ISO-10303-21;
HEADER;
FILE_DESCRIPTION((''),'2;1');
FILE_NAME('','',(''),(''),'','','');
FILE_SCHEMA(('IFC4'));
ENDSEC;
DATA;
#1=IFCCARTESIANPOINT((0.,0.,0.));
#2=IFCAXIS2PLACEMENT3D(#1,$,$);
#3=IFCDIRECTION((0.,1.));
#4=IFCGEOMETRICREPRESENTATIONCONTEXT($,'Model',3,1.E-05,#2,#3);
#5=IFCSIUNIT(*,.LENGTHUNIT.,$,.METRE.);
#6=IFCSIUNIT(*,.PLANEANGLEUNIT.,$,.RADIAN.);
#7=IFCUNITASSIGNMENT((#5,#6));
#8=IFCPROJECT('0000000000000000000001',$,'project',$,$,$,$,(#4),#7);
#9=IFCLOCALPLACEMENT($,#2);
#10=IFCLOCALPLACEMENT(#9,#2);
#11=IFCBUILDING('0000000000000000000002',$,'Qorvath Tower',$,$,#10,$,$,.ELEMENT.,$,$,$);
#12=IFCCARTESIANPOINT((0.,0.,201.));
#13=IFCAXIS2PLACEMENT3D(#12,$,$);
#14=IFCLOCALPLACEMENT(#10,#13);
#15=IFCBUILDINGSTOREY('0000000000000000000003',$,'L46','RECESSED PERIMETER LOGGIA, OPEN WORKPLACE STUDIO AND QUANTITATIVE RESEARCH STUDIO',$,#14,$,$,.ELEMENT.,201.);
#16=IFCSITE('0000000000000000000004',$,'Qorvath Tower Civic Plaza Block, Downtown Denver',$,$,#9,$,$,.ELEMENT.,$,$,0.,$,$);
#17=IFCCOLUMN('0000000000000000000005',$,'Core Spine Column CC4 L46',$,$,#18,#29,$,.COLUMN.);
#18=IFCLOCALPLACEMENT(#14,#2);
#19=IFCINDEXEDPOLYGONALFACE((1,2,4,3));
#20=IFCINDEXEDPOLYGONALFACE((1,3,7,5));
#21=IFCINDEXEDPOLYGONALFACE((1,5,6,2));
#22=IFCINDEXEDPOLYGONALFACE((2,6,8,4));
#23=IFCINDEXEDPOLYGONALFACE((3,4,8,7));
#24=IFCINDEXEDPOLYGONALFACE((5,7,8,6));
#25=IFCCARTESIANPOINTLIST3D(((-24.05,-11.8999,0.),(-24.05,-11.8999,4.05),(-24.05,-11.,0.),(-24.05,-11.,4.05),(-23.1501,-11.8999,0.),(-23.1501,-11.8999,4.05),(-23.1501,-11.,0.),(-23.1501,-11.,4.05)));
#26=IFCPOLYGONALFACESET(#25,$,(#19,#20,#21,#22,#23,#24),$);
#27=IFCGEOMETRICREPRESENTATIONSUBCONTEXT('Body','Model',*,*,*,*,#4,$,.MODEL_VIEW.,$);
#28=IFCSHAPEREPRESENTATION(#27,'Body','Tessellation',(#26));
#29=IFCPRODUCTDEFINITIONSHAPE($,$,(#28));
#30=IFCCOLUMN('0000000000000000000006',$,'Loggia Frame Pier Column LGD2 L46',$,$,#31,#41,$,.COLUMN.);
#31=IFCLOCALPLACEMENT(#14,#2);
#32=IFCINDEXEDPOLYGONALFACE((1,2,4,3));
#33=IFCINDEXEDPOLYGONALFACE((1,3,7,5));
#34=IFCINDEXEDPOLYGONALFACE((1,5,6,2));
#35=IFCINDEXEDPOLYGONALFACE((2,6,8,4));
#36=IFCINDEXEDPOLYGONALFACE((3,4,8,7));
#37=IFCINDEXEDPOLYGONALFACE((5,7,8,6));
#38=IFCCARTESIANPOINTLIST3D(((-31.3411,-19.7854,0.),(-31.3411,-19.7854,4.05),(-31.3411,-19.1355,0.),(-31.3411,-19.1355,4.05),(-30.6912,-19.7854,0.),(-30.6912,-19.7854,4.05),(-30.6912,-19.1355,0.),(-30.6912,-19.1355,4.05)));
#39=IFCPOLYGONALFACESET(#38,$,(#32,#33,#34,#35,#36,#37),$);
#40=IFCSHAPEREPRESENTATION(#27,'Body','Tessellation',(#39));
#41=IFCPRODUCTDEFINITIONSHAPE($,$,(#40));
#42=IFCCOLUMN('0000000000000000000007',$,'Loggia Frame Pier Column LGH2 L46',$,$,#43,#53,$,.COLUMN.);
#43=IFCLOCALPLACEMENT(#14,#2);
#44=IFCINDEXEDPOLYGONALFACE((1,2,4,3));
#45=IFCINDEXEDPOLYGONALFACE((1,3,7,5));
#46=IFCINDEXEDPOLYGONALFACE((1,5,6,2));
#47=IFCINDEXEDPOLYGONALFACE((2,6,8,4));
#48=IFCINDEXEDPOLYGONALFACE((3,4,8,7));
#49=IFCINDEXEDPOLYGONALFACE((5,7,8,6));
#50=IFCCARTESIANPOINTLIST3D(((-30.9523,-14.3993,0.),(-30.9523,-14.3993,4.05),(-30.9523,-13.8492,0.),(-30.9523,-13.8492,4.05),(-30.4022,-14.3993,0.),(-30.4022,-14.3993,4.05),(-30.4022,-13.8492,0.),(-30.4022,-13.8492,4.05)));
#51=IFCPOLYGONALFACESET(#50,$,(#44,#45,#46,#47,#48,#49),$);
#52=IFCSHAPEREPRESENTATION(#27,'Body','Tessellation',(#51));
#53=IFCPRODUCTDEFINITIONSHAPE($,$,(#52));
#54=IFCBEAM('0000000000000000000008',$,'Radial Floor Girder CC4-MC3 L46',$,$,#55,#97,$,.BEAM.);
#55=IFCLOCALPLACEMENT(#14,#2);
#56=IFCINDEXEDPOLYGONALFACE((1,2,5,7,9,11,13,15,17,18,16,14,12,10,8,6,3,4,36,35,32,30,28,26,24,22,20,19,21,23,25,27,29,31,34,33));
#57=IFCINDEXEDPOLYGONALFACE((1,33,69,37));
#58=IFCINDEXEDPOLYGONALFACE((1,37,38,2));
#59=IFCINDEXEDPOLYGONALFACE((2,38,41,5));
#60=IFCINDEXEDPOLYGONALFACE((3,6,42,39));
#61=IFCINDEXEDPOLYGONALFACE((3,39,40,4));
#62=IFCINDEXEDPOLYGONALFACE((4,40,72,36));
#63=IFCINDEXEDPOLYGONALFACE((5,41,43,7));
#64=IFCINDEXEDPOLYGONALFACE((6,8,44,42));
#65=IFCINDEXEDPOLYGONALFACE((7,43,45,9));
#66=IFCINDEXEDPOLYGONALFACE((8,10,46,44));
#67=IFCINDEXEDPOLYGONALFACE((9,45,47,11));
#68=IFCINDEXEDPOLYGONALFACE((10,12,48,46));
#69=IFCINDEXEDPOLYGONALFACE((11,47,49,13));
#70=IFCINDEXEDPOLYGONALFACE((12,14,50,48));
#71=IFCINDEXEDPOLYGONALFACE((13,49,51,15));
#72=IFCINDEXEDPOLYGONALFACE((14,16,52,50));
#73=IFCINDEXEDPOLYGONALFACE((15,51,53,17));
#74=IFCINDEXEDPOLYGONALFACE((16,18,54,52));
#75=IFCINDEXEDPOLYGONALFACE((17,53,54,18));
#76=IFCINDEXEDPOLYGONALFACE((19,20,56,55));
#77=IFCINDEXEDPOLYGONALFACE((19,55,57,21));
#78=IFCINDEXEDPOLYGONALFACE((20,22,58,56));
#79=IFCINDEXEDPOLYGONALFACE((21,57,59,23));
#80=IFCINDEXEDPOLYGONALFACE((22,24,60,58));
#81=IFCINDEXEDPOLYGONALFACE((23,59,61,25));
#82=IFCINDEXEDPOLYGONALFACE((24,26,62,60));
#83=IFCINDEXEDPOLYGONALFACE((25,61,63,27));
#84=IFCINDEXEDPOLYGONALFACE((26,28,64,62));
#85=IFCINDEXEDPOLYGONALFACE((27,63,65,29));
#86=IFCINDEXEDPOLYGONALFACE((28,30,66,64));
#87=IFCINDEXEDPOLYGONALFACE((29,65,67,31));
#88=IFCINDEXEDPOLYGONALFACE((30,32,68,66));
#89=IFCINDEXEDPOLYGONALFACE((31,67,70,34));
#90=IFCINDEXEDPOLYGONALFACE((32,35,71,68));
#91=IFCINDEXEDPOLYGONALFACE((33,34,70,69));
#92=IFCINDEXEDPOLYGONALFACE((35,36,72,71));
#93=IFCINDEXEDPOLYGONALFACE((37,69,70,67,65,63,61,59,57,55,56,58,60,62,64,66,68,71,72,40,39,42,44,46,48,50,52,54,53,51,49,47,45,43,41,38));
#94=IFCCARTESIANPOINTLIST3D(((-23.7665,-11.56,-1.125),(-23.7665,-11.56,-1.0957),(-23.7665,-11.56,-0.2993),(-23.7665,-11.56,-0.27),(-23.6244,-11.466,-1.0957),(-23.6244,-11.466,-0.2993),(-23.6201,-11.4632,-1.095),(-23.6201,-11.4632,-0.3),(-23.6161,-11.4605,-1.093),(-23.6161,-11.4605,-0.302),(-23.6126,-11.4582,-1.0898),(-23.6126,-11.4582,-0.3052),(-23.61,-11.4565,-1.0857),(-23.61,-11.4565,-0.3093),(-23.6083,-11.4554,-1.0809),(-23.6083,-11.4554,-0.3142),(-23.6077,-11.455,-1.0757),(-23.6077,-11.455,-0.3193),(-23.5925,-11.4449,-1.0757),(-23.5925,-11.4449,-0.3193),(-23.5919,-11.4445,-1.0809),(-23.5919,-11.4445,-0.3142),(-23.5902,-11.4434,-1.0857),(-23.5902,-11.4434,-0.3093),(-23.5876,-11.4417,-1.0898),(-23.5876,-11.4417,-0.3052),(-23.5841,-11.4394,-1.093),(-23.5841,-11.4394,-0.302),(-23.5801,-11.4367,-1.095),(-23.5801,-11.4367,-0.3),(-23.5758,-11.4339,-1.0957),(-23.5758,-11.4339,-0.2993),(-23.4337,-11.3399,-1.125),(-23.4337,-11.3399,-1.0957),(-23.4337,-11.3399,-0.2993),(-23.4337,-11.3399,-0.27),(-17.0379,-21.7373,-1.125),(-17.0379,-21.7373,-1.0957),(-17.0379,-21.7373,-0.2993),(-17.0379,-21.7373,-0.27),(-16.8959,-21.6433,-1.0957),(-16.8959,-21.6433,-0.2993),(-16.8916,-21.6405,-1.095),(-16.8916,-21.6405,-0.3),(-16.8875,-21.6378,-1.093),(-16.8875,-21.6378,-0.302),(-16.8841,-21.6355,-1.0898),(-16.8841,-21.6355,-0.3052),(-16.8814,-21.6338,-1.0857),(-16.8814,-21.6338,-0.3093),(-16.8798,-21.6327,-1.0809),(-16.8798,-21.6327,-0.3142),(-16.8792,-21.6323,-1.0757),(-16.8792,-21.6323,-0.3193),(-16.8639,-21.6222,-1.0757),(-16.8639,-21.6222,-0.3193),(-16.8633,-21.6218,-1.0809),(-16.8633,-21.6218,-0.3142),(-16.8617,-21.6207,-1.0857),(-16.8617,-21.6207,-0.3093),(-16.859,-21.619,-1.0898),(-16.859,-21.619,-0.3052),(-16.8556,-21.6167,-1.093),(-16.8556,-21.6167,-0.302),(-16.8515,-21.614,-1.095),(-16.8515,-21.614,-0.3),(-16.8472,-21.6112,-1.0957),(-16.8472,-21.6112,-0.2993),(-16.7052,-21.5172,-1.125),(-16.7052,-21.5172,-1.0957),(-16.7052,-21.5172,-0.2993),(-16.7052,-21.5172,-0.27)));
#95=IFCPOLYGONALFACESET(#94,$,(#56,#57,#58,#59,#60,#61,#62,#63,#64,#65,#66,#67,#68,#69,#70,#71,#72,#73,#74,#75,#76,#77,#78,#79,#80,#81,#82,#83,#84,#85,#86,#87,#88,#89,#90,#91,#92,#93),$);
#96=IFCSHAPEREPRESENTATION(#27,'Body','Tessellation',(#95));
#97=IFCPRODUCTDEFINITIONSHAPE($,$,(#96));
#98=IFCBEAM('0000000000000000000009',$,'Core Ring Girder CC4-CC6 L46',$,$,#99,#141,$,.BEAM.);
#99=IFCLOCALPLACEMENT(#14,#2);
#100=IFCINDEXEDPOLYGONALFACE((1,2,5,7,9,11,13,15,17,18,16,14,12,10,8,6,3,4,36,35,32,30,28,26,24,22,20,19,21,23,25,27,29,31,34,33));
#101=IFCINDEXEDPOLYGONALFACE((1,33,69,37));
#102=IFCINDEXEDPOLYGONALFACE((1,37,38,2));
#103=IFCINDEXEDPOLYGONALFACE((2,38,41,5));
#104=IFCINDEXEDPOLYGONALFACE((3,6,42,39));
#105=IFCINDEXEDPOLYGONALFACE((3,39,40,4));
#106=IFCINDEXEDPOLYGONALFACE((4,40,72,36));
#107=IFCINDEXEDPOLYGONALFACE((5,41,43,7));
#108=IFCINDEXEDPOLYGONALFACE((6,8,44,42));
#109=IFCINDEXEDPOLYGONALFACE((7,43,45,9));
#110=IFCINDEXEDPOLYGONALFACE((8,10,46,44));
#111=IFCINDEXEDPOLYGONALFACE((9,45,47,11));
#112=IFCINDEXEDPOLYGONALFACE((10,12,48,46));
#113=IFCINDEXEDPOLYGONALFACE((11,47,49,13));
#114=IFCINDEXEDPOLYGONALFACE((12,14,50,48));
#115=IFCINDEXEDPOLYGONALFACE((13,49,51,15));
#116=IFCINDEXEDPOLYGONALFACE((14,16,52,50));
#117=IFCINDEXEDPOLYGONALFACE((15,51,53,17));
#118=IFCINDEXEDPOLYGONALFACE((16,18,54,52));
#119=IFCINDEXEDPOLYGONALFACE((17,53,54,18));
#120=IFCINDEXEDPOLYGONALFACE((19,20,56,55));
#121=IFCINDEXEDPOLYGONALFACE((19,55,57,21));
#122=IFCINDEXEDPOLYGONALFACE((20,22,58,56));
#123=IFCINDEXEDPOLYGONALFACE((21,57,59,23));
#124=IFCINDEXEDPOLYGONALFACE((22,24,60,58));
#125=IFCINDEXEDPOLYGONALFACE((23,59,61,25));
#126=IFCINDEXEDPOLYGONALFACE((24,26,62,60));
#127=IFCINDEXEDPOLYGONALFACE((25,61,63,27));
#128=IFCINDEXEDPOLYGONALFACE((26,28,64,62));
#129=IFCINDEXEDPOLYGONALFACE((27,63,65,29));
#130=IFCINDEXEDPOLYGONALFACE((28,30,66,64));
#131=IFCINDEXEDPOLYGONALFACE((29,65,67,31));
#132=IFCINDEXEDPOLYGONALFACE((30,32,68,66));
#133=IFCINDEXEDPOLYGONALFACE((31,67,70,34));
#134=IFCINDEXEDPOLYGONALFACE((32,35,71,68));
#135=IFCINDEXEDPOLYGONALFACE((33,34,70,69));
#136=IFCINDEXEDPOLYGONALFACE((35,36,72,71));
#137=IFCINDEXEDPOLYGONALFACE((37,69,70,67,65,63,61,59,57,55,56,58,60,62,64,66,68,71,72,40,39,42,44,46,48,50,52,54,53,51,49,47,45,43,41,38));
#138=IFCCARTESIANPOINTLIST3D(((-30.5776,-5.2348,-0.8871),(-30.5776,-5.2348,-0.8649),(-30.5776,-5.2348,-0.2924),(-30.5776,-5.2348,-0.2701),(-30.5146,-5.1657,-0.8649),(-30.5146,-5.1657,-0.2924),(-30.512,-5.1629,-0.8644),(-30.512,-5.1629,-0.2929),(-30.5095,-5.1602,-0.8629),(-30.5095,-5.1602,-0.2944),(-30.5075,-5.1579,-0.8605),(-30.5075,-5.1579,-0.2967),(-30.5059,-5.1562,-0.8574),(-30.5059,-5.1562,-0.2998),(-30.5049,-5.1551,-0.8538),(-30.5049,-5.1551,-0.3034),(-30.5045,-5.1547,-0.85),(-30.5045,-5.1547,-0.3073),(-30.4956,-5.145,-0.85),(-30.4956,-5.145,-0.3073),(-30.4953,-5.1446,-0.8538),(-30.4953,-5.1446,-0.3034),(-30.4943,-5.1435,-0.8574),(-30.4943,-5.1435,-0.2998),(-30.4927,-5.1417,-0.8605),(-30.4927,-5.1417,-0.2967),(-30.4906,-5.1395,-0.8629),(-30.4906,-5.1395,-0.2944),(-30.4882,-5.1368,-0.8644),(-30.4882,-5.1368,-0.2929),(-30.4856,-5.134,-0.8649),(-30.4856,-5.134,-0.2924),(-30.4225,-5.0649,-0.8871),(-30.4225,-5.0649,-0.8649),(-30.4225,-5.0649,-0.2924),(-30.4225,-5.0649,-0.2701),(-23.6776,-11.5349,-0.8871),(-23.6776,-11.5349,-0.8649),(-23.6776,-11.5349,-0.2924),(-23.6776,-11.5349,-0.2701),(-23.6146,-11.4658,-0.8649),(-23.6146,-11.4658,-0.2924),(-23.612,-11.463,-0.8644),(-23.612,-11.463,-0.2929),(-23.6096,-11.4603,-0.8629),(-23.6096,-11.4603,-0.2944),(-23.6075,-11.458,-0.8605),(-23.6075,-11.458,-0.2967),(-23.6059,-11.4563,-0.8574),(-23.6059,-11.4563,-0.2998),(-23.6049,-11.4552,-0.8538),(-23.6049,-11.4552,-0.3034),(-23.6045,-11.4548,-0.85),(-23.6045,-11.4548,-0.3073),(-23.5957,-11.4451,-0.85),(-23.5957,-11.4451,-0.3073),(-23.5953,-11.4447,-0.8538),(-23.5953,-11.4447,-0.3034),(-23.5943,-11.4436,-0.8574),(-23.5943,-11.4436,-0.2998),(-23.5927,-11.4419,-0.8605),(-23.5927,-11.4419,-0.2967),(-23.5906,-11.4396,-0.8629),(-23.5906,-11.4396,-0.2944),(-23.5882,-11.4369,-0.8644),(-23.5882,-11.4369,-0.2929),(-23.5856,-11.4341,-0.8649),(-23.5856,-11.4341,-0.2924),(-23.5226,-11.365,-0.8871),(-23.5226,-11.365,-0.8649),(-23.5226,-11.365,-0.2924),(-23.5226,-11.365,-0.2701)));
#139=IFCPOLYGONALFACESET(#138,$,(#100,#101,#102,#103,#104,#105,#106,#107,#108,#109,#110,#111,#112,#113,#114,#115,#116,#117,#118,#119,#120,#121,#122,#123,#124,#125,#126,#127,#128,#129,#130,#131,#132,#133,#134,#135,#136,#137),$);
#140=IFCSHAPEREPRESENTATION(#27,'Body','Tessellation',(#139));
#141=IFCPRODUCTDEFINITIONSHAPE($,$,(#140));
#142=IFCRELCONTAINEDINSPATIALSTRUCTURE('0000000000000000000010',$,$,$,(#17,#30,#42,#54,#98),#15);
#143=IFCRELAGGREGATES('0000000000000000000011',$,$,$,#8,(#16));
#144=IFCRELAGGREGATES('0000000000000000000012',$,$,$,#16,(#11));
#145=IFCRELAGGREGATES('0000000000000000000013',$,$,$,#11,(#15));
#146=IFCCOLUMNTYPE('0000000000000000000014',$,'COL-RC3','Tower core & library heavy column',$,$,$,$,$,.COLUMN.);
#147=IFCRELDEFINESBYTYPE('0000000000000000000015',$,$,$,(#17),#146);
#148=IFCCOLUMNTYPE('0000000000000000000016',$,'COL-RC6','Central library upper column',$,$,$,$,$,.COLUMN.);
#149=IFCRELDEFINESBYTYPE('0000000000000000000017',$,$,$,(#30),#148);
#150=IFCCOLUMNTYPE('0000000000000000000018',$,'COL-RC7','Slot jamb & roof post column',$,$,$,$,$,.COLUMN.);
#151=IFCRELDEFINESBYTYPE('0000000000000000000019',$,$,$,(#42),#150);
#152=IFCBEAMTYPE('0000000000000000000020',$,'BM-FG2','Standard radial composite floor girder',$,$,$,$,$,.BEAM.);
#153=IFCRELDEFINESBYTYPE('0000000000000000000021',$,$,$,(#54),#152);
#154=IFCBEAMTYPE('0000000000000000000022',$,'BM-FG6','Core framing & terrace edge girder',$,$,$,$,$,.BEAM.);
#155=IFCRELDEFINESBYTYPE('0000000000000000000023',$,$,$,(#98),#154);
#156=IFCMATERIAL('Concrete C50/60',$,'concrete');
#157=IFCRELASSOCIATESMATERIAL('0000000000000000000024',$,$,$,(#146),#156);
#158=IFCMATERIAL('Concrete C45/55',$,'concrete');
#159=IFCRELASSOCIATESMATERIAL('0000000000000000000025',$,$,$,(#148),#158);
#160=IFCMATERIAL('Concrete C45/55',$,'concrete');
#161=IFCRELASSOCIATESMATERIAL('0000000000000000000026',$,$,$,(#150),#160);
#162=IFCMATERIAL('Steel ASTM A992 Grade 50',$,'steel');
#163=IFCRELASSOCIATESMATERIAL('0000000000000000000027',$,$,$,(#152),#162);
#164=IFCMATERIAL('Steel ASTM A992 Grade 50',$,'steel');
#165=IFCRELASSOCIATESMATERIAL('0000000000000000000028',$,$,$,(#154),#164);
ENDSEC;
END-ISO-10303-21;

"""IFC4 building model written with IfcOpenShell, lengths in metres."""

from ifc_helpers import new_model, si_unit, direction, frame, origin, origin_2d, place, context, subcontext, project, spatial, rectangle, i_section, extrude, material, material_profile, profile_set, type_object, element, save


model = new_model("IFC4")

# Units and contexts
model_context = context("Model", 3, precision=1e-05, world=origin(), true_north=direction((0.0, 1.0)))
body_context = subcontext(model_context, "Body", "Model", "MODEL_VIEW")
ifc_project = project(units=[si_unit("LENGTHUNIT", "METRE"), si_unit("PLANEANGLEUNIT", "RADIAN")], contexts=[model_context])

# Site, building, storey
site_placement = place(None, origin())
site = spatial("IfcSite", under=ifc_project, at=site_placement, Name="Qorvath Tower Civic Plaza Block, Downtown Denver", CompositionType="ELEMENT", RefElevation=0.0)
building_placement = place(site_placement, origin())
building = spatial("IfcBuilding", under=site, at=building_placement, Name="Qorvath Tower", CompositionType="ELEMENT")
storey_placement = place(building_placement, frame((0.0, 0.0, 201.0)))
storey = spatial("IfcBuildingStorey", under=building, at=storey_placement, Name="L46", Description="RECESSED PERIMETER LOGGIA, OPEN WORKPLACE STUDIO AND QUANTITATIVE RESEARCH STUDIO", CompositionType="ELEMENT", Elevation=201.0)

# Columns
ifc_material_1 = material(Name="Concrete C50/60", Category="concrete")
ifc_material_profile_1 = material_profile(ifc_material_1, rectangle(XDim=0.8999, YDim=0.8999, at=origin_2d()), Name="RC 900x900")
ifc_profile_set_1 = profile_set([ifc_material_profile_1], Name="Concrete C50/60")
column_type_1 = type_object("IfcColumnType", Name="COL-RC3", Description="Tower core & library heavy column", PredefinedType="COLUMN", material=ifc_profile_set_1)
column_1_placement = place(storey_placement, frame((-23.6001, -11.45, 0.0), z_axis=(0.0, 0.0, 1.0), x_axis=(1.0, 0.0, 0.0)))
element("IfcColumn", 1, at=column_1_placement, inside=storey, type_object=column_type_1, Name="Core Spine Column CC4 L46", PredefinedType="COLUMN", context=body_context, shape_type="SweptSolid", body=[
    extrude(rectangle(XDim=0.8999, YDim=0.8999, at=origin_2d()), origin(), (0.0, 0.0, 1.0), 4.05),
])
ifc_material_2 = material(Name="Concrete C45/55", Category="concrete")
ifc_material_profile_2 = material_profile(ifc_material_2, rectangle(XDim=0.6499, YDim=0.6499, at=origin_2d()), Name="RC 650x650")
ifc_profile_set_2 = profile_set([ifc_material_profile_2], Name="Concrete C45/55")
column_type_2 = type_object("IfcColumnType", Name="COL-RC6", Description="Central library upper column", PredefinedType="COLUMN", material=ifc_profile_set_2)
column_2_placement = place(storey_placement, frame((-31.0161, -19.4604, 0.0), z_axis=(0.0, 0.0, 1.0), x_axis=(1.0, 0.0, 0.0)))
element("IfcColumn", 2, at=column_2_placement, inside=storey, type_object=column_type_2, Name="Loggia Frame Pier Column LGD2 L46", PredefinedType="COLUMN", context=body_context, shape_type="SweptSolid", body=[
    extrude(rectangle(XDim=0.6499, YDim=0.6499, at=origin_2d()), origin(), (0.0, 0.0, 1.0), 4.05),
])
ifc_material_3 = material(Name="Concrete C45/55", Category="concrete")
ifc_material_profile_3 = material_profile(ifc_material_3, rectangle(XDim=0.55, YDim=0.55, at=origin_2d()), Name="RC 550x550")
ifc_profile_set_3 = profile_set([ifc_material_profile_3], Name="Concrete C45/55")
column_type_3 = type_object("IfcColumnType", Name="COL-RC7", Description="Slot jamb & roof post column", PredefinedType="COLUMN", material=ifc_profile_set_3)
column_3_placement = place(storey_placement, frame((-30.6772, -14.1243, 0.0), z_axis=(0.0, 0.0, 1.0), x_axis=(1.0, 0.0, 0.0)))
element("IfcColumn", 3, at=column_3_placement, inside=storey, type_object=column_type_3, Name="Loggia Frame Pier Column LGH2 L46", PredefinedType="COLUMN", context=body_context, shape_type="SweptSolid", body=[
    extrude(rectangle(XDim=0.55, YDim=0.55, at=origin_2d()), origin(), (0.0, 0.0, 1.0), 4.05),
])

# Beams
ifc_material_4 = material(Name="Steel ASTM A992 Grade 50", Category="steel")
ifc_material_profile_4 = material_profile(ifc_material_4, i_section(OverallWidth=0.3989, OverallDepth=0.855, WebThickness=0.0183, FlangeThickness=0.0293, FilletRadius=0.02, at=origin_2d()), Name="W33x201")
ifc_profile_set_4 = profile_set([ifc_material_profile_4], Name="Steel ASTM A992 Grade 50")
beam_type_1 = type_object("IfcBeamType", Name="BM-FG2", Description="Standard radial composite floor girder", PredefinedType="BEAM", material=ifc_profile_set_4)
beam_1_placement = place(storey_placement, frame((-23.6001, -11.45, -0.6975), z_axis=(0.551501, -0.834175, 0.0), x_axis=(0.834175, 0.551501, 0.0)))
element("IfcBeam", 4, at=beam_1_placement, inside=storey, type_object=beam_type_1, Name="Radial Floor Girder CC4-MC3 L46", PredefinedType="BEAM", context=body_context, shape_type="SweptSolid", body=[
    extrude(i_section(OverallWidth=0.3989, OverallDepth=0.855, WebThickness=0.0183, FlangeThickness=0.0293, FilletRadius=0.02, at=origin_2d()), origin(), (0.0, 0.0, 1.0), 12.2004),
])
ifc_material_5 = material(Name="Steel ASTM A992 Grade 50", Category="steel")
ifc_material_profile_5 = material_profile(ifc_material_5, i_section(OverallWidth=0.23, OverallDepth=0.6169, WebThickness=0.0132, FlangeThickness=0.0222, FilletRadius=0.0149, at=origin_2d()), Name="W24x94")
ifc_profile_set_5 = profile_set([ifc_material_profile_5], Name="Steel ASTM A992 Grade 50")
beam_type_2 = type_object("IfcBeamType", Name="BM-FG6", Description="Core framing & terrace edge girder", PredefinedType="BEAM", material=ifc_profile_set_5)
beam_2_placement = place(storey_placement, frame((-23.6001, -11.45, -0.5786), z_axis=(-0.738478, 0.674277, 0.0), x_axis=(-0.674277, -0.738478, 0.0)))
element("IfcBeam", 5, at=beam_2_placement, inside=storey, type_object=beam_type_2, Name="Core Ring Girder CC4-CC6 L46", PredefinedType="BEAM", context=body_context, shape_type="SweptSolid", body=[
    extrude(i_section(OverallWidth=0.23, OverallDepth=0.6169, WebThickness=0.0132, FlangeThickness=0.0222, FilletRadius=0.0149, at=origin_2d()), origin(), (0.0, 0.0, 1.0), 9.3435),
])

save(model, "model.ifc")
